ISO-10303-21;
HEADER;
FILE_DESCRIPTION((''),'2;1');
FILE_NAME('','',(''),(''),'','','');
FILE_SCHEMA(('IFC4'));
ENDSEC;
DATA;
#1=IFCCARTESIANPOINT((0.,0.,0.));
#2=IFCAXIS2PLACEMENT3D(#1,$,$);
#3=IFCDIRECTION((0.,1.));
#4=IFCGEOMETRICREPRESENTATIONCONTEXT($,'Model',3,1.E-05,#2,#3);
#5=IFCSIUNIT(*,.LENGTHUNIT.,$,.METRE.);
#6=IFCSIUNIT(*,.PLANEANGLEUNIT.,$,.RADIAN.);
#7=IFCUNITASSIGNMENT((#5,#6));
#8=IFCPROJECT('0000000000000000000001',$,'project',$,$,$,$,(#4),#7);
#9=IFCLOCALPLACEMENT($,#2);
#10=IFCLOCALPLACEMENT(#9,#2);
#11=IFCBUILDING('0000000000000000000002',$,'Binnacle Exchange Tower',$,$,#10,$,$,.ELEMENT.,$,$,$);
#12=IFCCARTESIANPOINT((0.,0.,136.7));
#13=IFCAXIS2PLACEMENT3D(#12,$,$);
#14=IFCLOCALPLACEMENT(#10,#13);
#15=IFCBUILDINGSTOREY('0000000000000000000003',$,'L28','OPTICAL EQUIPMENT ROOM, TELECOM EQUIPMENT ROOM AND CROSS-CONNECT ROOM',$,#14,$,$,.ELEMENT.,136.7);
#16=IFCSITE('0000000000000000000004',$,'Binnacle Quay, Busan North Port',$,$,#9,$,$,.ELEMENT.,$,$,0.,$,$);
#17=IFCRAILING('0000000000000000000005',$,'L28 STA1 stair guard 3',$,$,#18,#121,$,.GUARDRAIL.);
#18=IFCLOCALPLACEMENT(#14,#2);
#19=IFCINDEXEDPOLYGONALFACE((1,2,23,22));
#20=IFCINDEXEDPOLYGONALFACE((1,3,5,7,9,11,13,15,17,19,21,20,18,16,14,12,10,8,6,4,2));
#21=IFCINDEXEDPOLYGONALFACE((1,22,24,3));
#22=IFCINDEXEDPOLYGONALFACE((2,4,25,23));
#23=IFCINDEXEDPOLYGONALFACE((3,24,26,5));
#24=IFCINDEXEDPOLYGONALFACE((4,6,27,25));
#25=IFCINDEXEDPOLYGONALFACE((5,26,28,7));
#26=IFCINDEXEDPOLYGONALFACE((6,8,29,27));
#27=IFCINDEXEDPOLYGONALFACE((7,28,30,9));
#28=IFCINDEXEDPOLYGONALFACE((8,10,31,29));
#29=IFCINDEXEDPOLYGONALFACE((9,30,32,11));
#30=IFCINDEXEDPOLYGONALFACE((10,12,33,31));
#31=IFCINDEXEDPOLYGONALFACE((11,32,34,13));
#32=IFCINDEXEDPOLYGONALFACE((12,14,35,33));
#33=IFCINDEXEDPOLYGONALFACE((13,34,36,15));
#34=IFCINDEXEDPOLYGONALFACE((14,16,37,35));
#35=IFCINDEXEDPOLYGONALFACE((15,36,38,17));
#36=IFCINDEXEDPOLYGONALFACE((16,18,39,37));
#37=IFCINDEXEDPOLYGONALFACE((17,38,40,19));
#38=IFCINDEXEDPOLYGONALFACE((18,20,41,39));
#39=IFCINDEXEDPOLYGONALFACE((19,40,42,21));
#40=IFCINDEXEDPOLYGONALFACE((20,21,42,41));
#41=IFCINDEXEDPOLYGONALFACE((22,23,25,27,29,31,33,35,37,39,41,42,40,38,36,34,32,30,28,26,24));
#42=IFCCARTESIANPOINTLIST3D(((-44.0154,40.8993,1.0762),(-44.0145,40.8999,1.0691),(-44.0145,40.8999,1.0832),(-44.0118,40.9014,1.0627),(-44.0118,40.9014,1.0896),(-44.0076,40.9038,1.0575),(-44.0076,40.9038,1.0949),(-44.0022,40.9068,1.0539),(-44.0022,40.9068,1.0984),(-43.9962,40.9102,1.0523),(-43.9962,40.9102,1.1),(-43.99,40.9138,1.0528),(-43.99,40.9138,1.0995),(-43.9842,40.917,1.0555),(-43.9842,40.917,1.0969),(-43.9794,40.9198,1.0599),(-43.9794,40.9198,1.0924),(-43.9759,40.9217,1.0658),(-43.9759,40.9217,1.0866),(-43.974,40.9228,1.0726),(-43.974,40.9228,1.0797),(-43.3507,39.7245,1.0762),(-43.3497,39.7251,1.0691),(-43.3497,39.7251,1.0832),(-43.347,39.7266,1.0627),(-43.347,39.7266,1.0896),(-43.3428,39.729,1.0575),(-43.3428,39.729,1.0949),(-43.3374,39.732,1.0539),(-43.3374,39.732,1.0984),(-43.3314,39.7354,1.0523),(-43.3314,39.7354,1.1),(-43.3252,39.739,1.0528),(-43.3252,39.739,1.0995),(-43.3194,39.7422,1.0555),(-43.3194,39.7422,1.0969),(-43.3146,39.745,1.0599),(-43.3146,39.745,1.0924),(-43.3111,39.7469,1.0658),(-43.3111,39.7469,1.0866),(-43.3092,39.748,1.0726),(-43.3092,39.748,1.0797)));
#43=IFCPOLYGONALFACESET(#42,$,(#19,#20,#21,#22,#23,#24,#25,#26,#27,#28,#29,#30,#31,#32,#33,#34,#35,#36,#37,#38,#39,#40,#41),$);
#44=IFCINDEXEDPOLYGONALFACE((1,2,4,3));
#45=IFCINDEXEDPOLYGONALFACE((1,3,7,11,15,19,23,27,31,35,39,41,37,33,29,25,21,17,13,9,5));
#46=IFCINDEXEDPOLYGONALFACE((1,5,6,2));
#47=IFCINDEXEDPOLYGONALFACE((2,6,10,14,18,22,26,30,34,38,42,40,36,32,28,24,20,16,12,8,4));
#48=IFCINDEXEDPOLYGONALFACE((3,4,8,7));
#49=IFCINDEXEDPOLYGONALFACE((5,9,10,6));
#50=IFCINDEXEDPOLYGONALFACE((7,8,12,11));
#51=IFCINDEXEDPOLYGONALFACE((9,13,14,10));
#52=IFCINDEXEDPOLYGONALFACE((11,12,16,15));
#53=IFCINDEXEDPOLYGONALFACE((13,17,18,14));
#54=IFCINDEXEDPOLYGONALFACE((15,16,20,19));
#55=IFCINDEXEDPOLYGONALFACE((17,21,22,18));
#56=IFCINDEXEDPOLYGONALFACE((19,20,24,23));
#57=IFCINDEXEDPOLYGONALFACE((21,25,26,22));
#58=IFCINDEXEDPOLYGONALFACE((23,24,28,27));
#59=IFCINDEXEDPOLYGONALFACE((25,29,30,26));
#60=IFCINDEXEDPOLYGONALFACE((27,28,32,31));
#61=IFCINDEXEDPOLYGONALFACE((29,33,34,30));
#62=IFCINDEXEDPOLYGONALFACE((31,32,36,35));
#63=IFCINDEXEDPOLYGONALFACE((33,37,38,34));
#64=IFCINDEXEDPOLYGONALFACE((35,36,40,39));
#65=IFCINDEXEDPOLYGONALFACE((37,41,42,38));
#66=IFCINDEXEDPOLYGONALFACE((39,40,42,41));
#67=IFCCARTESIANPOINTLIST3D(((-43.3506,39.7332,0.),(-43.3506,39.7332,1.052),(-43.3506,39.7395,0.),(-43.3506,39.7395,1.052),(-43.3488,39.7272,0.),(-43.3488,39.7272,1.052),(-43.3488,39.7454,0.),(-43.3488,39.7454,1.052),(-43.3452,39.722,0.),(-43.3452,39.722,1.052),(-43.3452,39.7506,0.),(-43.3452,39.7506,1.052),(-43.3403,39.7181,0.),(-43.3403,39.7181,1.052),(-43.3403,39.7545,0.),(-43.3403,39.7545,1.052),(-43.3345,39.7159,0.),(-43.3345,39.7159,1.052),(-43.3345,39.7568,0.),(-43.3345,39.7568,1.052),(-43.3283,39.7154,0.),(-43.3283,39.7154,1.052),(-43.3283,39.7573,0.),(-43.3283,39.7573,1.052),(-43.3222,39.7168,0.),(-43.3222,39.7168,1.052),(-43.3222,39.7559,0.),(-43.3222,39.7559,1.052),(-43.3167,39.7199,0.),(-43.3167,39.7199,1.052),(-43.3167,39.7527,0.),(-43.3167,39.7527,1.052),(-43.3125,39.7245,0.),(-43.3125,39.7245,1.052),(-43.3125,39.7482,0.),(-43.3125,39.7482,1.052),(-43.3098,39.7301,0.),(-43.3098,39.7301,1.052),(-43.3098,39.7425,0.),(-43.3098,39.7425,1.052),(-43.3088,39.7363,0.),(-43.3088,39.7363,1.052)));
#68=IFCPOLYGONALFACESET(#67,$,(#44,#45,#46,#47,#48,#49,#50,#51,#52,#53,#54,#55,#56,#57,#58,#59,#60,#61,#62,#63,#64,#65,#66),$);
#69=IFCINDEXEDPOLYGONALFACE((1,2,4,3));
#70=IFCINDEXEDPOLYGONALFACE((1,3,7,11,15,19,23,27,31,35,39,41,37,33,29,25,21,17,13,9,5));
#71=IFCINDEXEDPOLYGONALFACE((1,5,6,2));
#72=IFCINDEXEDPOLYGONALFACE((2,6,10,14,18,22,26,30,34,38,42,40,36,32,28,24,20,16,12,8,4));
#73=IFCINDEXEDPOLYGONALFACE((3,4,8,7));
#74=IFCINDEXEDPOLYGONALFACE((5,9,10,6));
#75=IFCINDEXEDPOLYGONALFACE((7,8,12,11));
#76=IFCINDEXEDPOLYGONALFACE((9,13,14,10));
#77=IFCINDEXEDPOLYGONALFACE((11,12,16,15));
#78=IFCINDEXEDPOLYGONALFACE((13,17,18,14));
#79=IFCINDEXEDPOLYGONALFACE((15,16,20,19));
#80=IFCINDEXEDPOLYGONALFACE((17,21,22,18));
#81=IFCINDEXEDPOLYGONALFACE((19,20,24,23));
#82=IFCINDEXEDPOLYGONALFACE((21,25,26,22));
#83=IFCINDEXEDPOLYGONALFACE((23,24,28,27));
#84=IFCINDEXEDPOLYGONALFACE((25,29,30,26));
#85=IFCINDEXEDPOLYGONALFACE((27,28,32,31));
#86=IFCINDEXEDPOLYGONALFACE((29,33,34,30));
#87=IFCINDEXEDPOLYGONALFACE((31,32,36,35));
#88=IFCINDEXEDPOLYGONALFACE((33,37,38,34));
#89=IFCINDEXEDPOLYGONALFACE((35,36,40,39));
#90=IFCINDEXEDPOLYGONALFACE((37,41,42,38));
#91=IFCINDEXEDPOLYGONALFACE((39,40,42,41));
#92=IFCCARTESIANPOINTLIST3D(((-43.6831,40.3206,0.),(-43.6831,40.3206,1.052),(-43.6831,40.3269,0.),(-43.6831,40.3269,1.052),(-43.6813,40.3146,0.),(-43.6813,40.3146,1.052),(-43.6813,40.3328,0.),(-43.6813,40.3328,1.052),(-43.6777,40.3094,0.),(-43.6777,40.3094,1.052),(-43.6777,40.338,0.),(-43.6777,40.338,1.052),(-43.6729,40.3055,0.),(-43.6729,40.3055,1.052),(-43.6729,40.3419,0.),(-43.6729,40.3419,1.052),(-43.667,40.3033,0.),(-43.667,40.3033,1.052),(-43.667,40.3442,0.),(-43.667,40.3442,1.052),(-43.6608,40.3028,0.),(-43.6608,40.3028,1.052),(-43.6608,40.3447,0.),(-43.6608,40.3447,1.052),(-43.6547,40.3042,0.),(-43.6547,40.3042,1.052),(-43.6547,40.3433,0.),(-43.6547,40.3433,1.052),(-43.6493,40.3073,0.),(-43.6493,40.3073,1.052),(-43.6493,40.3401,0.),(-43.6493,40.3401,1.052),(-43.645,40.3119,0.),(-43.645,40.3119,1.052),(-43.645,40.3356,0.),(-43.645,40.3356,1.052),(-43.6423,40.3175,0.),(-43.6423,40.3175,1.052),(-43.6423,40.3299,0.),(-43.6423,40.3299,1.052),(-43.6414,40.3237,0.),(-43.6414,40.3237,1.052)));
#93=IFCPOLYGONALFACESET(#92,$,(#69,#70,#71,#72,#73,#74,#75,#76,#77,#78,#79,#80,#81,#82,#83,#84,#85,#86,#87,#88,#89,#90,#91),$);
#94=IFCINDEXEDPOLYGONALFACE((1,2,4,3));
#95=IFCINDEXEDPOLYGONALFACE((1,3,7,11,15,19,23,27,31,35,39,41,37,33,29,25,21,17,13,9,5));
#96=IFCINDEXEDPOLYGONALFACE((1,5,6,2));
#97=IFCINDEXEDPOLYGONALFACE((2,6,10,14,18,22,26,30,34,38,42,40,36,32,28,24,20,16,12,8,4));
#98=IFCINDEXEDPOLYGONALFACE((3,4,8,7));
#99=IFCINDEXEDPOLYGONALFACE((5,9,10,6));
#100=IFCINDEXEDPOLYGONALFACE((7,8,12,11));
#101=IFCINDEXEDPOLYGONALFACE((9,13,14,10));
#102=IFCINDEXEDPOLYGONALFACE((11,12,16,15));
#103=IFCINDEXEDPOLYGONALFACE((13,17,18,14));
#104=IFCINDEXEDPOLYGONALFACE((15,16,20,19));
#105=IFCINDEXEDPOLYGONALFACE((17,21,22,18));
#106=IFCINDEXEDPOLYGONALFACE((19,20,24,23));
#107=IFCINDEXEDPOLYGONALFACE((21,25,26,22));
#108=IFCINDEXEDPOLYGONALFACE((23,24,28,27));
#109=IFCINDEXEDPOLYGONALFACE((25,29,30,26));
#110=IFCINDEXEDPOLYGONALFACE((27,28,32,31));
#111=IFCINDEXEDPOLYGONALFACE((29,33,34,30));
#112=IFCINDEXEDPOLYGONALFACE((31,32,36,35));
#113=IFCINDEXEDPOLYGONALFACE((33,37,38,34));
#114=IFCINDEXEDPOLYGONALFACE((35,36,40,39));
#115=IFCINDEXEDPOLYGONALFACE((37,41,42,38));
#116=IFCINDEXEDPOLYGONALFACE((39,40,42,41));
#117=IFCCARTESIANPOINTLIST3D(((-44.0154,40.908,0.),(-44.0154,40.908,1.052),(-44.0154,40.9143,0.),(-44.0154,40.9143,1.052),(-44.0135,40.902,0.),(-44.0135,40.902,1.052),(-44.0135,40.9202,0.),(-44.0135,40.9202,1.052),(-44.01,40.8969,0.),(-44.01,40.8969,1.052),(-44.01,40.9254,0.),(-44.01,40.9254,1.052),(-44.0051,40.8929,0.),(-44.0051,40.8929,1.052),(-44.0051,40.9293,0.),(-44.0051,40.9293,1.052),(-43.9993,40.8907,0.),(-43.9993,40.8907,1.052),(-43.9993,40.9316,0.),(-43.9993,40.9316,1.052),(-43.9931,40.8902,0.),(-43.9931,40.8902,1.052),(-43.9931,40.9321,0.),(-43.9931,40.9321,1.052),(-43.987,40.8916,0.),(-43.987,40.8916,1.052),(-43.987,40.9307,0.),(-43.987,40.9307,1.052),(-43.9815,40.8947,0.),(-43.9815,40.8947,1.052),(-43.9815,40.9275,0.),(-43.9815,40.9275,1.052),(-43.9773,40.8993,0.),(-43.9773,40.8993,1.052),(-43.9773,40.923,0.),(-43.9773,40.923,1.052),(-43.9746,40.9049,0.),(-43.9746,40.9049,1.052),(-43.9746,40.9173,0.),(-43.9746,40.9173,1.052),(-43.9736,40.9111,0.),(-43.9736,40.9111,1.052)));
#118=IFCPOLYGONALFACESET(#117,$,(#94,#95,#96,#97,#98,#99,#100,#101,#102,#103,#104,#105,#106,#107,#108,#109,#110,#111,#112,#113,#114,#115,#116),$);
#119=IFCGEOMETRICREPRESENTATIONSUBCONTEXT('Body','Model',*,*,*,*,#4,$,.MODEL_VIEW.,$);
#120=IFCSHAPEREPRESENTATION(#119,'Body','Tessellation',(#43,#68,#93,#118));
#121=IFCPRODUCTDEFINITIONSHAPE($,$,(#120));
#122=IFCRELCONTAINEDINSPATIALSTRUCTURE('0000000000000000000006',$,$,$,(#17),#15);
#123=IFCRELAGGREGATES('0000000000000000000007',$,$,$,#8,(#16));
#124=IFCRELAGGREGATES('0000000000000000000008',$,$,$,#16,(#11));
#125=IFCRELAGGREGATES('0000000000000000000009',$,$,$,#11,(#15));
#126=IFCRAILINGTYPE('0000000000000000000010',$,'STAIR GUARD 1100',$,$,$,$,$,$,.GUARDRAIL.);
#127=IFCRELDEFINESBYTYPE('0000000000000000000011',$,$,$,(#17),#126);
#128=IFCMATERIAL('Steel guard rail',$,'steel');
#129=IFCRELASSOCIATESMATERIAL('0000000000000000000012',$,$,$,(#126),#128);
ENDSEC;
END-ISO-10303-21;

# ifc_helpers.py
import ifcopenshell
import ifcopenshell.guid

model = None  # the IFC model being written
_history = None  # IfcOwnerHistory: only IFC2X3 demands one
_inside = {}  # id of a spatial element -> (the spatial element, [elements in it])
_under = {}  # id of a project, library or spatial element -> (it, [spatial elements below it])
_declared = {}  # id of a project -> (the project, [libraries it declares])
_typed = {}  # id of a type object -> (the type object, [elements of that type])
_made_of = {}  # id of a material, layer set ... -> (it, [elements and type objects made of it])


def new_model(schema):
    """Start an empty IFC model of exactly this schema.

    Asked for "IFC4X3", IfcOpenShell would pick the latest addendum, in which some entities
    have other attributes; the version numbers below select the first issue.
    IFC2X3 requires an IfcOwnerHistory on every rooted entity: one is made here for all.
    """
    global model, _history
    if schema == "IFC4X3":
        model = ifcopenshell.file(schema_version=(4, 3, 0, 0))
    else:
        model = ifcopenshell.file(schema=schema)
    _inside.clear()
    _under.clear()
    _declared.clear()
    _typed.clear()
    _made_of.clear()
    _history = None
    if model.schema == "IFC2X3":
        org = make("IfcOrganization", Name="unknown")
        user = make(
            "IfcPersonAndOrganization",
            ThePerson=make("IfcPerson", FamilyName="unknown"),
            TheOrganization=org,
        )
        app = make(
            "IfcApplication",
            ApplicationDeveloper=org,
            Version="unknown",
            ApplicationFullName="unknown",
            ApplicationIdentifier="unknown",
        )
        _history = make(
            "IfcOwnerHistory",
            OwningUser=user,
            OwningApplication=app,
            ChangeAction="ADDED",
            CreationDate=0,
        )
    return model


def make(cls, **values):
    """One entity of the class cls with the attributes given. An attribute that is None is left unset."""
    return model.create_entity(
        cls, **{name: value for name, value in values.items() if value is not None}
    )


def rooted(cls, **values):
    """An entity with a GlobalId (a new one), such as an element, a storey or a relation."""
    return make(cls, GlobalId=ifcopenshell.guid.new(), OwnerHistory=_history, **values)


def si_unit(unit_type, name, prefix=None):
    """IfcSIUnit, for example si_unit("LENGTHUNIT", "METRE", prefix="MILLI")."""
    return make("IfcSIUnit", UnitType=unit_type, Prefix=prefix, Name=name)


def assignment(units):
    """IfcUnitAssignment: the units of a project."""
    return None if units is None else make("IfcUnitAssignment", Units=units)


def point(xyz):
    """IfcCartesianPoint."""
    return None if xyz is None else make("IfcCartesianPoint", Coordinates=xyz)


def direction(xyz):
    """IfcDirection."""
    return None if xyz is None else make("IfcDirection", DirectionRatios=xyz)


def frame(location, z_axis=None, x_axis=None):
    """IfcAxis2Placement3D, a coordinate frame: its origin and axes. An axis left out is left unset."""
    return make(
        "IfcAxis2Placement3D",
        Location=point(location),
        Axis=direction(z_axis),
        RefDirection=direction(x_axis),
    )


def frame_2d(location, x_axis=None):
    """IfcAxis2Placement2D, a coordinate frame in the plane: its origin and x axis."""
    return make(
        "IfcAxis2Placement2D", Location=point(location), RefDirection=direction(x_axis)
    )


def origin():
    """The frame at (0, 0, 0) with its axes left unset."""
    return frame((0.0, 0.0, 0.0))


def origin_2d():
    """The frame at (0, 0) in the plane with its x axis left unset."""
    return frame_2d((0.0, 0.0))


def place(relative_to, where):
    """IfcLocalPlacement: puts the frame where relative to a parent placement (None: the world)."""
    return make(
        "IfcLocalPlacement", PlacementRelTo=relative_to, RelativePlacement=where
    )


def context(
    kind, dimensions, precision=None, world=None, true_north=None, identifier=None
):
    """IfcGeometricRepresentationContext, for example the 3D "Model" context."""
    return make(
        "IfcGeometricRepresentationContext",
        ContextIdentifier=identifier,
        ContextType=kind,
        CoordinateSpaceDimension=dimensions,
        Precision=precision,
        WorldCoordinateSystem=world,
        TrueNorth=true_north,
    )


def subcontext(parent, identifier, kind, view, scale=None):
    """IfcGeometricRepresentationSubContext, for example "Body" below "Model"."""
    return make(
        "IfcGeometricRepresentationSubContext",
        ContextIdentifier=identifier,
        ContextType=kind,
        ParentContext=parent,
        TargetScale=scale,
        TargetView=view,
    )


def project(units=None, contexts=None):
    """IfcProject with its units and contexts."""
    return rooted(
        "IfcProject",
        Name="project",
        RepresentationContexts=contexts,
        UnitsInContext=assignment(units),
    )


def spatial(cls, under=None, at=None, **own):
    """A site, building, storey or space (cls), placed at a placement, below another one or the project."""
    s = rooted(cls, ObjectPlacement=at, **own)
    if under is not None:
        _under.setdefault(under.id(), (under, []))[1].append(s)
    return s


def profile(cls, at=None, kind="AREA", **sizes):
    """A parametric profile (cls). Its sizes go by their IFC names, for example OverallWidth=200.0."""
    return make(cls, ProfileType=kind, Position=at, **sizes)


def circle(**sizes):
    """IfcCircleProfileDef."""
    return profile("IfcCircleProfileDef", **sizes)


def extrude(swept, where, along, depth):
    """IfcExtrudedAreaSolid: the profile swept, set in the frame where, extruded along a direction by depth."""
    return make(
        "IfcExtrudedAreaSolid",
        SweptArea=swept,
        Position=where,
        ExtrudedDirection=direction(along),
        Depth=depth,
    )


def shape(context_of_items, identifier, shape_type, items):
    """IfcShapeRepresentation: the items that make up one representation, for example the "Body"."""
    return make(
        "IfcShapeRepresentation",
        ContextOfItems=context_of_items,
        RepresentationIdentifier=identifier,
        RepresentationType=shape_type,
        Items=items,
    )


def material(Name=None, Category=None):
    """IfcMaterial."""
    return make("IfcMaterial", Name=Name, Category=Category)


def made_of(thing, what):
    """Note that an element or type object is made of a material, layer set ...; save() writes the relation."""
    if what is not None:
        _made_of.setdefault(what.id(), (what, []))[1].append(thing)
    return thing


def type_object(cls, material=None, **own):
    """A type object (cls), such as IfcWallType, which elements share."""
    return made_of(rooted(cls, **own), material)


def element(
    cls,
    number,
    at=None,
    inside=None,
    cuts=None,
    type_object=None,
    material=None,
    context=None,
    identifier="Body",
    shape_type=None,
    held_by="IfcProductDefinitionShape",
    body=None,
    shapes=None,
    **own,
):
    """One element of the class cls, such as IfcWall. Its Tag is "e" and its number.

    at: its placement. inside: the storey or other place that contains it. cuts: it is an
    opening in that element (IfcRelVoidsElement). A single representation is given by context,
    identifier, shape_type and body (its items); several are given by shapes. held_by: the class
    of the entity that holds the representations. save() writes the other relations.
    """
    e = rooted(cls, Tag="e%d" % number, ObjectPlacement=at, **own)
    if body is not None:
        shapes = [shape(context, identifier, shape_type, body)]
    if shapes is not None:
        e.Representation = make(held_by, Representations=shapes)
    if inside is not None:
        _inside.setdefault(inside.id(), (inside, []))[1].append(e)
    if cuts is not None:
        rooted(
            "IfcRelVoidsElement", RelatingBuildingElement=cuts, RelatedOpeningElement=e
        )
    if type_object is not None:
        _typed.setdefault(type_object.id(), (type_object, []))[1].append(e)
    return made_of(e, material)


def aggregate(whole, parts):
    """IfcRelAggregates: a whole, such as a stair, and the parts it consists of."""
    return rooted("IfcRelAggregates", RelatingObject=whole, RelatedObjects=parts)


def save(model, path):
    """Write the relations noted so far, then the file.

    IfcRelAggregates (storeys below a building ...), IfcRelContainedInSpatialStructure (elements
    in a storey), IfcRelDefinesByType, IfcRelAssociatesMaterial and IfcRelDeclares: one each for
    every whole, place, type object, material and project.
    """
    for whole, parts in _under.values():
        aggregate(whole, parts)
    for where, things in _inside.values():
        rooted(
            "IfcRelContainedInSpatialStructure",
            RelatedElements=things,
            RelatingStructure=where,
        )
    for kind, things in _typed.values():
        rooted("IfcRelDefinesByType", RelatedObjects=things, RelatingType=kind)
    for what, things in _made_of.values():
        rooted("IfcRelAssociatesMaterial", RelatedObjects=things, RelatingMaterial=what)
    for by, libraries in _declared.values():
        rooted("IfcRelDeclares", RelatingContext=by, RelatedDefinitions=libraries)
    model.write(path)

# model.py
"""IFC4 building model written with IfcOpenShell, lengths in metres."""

from ifc_helpers import new_model, si_unit, direction, frame, origin, origin_2d, place, context, subcontext, project, spatial, circle, extrude, material, type_object, element, save


model = new_model("IFC4")

# Units and contexts
model_context = context("Model", 3, precision=1e-05, world=origin(), true_north=direction((0.0, 1.0)))
body_context = subcontext(model_context, "Body", "Model", "MODEL_VIEW")
ifc_project = project(units=[si_unit("LENGTHUNIT", "METRE"), si_unit("PLANEANGLEUNIT", "RADIAN")], contexts=[model_context])

# Site, building, storey
site_placement = place(None, origin())
site = spatial("IfcSite", under=ifc_project, at=site_placement, Name="Binnacle Quay, Busan North Port", CompositionType="ELEMENT", RefElevation=0.0)
building_placement = place(site_placement, origin())
building = spatial("IfcBuilding", under=site, at=building_placement, Name="Binnacle Exchange Tower", CompositionType="ELEMENT")
storey_placement = place(building_placement, frame((0.0, 0.0, 136.7)))
storey = spatial("IfcBuildingStorey", under=building, at=storey_placement, Name="L28", Description="OPTICAL EQUIPMENT ROOM, TELECOM EQUIPMENT ROOM AND CROSS-CONNECT ROOM", CompositionType="ELEMENT", Elevation=136.7)

# Railing
ifc_material_1 = material(Name="Steel guard rail", Category="steel")
railing_type_1 = type_object("IfcRailingType", Name="STAIR GUARD 1100", PredefinedType="GUARDRAIL", material=ifc_material_1)
railing_1_placement = place(storey_placement, frame((-43.3298, 39.7363, 0.0)))
element("IfcRailing", 1, at=railing_1_placement, inside=storey, type_object=railing_type_1, Name="L28 STA1 stair guard 3", PredefinedType="GUARDRAIL", context=body_context, shape_type="SweptSolid", body=[
    extrude(circle(Radius=0.0239, at=origin_2d()), frame((0.0, 0.0, 1.0762), z_axis=(-0.492492, 0.870317, 0.0), x_axis=(-0.870317, -0.492492, 0.0)), (0.0, 0.0, 1.0), 1.3499),
    extrude(circle(Radius=0.021, at=origin_2d()), origin(), (0.0, 0.0, 1.0), 1.052),
    extrude(circle(Radius=0.021, at=origin_2d()), frame((-0.3325, 0.5874, 0.0)), (0.0, 0.0, 1.0), 1.052),
    extrude(circle(Radius=0.021, at=origin_2d()), frame((-0.6648, 1.1748, 0.0)), (0.0, 0.0, 1.0), 1.052),
])

save(model, "model.ifc")
